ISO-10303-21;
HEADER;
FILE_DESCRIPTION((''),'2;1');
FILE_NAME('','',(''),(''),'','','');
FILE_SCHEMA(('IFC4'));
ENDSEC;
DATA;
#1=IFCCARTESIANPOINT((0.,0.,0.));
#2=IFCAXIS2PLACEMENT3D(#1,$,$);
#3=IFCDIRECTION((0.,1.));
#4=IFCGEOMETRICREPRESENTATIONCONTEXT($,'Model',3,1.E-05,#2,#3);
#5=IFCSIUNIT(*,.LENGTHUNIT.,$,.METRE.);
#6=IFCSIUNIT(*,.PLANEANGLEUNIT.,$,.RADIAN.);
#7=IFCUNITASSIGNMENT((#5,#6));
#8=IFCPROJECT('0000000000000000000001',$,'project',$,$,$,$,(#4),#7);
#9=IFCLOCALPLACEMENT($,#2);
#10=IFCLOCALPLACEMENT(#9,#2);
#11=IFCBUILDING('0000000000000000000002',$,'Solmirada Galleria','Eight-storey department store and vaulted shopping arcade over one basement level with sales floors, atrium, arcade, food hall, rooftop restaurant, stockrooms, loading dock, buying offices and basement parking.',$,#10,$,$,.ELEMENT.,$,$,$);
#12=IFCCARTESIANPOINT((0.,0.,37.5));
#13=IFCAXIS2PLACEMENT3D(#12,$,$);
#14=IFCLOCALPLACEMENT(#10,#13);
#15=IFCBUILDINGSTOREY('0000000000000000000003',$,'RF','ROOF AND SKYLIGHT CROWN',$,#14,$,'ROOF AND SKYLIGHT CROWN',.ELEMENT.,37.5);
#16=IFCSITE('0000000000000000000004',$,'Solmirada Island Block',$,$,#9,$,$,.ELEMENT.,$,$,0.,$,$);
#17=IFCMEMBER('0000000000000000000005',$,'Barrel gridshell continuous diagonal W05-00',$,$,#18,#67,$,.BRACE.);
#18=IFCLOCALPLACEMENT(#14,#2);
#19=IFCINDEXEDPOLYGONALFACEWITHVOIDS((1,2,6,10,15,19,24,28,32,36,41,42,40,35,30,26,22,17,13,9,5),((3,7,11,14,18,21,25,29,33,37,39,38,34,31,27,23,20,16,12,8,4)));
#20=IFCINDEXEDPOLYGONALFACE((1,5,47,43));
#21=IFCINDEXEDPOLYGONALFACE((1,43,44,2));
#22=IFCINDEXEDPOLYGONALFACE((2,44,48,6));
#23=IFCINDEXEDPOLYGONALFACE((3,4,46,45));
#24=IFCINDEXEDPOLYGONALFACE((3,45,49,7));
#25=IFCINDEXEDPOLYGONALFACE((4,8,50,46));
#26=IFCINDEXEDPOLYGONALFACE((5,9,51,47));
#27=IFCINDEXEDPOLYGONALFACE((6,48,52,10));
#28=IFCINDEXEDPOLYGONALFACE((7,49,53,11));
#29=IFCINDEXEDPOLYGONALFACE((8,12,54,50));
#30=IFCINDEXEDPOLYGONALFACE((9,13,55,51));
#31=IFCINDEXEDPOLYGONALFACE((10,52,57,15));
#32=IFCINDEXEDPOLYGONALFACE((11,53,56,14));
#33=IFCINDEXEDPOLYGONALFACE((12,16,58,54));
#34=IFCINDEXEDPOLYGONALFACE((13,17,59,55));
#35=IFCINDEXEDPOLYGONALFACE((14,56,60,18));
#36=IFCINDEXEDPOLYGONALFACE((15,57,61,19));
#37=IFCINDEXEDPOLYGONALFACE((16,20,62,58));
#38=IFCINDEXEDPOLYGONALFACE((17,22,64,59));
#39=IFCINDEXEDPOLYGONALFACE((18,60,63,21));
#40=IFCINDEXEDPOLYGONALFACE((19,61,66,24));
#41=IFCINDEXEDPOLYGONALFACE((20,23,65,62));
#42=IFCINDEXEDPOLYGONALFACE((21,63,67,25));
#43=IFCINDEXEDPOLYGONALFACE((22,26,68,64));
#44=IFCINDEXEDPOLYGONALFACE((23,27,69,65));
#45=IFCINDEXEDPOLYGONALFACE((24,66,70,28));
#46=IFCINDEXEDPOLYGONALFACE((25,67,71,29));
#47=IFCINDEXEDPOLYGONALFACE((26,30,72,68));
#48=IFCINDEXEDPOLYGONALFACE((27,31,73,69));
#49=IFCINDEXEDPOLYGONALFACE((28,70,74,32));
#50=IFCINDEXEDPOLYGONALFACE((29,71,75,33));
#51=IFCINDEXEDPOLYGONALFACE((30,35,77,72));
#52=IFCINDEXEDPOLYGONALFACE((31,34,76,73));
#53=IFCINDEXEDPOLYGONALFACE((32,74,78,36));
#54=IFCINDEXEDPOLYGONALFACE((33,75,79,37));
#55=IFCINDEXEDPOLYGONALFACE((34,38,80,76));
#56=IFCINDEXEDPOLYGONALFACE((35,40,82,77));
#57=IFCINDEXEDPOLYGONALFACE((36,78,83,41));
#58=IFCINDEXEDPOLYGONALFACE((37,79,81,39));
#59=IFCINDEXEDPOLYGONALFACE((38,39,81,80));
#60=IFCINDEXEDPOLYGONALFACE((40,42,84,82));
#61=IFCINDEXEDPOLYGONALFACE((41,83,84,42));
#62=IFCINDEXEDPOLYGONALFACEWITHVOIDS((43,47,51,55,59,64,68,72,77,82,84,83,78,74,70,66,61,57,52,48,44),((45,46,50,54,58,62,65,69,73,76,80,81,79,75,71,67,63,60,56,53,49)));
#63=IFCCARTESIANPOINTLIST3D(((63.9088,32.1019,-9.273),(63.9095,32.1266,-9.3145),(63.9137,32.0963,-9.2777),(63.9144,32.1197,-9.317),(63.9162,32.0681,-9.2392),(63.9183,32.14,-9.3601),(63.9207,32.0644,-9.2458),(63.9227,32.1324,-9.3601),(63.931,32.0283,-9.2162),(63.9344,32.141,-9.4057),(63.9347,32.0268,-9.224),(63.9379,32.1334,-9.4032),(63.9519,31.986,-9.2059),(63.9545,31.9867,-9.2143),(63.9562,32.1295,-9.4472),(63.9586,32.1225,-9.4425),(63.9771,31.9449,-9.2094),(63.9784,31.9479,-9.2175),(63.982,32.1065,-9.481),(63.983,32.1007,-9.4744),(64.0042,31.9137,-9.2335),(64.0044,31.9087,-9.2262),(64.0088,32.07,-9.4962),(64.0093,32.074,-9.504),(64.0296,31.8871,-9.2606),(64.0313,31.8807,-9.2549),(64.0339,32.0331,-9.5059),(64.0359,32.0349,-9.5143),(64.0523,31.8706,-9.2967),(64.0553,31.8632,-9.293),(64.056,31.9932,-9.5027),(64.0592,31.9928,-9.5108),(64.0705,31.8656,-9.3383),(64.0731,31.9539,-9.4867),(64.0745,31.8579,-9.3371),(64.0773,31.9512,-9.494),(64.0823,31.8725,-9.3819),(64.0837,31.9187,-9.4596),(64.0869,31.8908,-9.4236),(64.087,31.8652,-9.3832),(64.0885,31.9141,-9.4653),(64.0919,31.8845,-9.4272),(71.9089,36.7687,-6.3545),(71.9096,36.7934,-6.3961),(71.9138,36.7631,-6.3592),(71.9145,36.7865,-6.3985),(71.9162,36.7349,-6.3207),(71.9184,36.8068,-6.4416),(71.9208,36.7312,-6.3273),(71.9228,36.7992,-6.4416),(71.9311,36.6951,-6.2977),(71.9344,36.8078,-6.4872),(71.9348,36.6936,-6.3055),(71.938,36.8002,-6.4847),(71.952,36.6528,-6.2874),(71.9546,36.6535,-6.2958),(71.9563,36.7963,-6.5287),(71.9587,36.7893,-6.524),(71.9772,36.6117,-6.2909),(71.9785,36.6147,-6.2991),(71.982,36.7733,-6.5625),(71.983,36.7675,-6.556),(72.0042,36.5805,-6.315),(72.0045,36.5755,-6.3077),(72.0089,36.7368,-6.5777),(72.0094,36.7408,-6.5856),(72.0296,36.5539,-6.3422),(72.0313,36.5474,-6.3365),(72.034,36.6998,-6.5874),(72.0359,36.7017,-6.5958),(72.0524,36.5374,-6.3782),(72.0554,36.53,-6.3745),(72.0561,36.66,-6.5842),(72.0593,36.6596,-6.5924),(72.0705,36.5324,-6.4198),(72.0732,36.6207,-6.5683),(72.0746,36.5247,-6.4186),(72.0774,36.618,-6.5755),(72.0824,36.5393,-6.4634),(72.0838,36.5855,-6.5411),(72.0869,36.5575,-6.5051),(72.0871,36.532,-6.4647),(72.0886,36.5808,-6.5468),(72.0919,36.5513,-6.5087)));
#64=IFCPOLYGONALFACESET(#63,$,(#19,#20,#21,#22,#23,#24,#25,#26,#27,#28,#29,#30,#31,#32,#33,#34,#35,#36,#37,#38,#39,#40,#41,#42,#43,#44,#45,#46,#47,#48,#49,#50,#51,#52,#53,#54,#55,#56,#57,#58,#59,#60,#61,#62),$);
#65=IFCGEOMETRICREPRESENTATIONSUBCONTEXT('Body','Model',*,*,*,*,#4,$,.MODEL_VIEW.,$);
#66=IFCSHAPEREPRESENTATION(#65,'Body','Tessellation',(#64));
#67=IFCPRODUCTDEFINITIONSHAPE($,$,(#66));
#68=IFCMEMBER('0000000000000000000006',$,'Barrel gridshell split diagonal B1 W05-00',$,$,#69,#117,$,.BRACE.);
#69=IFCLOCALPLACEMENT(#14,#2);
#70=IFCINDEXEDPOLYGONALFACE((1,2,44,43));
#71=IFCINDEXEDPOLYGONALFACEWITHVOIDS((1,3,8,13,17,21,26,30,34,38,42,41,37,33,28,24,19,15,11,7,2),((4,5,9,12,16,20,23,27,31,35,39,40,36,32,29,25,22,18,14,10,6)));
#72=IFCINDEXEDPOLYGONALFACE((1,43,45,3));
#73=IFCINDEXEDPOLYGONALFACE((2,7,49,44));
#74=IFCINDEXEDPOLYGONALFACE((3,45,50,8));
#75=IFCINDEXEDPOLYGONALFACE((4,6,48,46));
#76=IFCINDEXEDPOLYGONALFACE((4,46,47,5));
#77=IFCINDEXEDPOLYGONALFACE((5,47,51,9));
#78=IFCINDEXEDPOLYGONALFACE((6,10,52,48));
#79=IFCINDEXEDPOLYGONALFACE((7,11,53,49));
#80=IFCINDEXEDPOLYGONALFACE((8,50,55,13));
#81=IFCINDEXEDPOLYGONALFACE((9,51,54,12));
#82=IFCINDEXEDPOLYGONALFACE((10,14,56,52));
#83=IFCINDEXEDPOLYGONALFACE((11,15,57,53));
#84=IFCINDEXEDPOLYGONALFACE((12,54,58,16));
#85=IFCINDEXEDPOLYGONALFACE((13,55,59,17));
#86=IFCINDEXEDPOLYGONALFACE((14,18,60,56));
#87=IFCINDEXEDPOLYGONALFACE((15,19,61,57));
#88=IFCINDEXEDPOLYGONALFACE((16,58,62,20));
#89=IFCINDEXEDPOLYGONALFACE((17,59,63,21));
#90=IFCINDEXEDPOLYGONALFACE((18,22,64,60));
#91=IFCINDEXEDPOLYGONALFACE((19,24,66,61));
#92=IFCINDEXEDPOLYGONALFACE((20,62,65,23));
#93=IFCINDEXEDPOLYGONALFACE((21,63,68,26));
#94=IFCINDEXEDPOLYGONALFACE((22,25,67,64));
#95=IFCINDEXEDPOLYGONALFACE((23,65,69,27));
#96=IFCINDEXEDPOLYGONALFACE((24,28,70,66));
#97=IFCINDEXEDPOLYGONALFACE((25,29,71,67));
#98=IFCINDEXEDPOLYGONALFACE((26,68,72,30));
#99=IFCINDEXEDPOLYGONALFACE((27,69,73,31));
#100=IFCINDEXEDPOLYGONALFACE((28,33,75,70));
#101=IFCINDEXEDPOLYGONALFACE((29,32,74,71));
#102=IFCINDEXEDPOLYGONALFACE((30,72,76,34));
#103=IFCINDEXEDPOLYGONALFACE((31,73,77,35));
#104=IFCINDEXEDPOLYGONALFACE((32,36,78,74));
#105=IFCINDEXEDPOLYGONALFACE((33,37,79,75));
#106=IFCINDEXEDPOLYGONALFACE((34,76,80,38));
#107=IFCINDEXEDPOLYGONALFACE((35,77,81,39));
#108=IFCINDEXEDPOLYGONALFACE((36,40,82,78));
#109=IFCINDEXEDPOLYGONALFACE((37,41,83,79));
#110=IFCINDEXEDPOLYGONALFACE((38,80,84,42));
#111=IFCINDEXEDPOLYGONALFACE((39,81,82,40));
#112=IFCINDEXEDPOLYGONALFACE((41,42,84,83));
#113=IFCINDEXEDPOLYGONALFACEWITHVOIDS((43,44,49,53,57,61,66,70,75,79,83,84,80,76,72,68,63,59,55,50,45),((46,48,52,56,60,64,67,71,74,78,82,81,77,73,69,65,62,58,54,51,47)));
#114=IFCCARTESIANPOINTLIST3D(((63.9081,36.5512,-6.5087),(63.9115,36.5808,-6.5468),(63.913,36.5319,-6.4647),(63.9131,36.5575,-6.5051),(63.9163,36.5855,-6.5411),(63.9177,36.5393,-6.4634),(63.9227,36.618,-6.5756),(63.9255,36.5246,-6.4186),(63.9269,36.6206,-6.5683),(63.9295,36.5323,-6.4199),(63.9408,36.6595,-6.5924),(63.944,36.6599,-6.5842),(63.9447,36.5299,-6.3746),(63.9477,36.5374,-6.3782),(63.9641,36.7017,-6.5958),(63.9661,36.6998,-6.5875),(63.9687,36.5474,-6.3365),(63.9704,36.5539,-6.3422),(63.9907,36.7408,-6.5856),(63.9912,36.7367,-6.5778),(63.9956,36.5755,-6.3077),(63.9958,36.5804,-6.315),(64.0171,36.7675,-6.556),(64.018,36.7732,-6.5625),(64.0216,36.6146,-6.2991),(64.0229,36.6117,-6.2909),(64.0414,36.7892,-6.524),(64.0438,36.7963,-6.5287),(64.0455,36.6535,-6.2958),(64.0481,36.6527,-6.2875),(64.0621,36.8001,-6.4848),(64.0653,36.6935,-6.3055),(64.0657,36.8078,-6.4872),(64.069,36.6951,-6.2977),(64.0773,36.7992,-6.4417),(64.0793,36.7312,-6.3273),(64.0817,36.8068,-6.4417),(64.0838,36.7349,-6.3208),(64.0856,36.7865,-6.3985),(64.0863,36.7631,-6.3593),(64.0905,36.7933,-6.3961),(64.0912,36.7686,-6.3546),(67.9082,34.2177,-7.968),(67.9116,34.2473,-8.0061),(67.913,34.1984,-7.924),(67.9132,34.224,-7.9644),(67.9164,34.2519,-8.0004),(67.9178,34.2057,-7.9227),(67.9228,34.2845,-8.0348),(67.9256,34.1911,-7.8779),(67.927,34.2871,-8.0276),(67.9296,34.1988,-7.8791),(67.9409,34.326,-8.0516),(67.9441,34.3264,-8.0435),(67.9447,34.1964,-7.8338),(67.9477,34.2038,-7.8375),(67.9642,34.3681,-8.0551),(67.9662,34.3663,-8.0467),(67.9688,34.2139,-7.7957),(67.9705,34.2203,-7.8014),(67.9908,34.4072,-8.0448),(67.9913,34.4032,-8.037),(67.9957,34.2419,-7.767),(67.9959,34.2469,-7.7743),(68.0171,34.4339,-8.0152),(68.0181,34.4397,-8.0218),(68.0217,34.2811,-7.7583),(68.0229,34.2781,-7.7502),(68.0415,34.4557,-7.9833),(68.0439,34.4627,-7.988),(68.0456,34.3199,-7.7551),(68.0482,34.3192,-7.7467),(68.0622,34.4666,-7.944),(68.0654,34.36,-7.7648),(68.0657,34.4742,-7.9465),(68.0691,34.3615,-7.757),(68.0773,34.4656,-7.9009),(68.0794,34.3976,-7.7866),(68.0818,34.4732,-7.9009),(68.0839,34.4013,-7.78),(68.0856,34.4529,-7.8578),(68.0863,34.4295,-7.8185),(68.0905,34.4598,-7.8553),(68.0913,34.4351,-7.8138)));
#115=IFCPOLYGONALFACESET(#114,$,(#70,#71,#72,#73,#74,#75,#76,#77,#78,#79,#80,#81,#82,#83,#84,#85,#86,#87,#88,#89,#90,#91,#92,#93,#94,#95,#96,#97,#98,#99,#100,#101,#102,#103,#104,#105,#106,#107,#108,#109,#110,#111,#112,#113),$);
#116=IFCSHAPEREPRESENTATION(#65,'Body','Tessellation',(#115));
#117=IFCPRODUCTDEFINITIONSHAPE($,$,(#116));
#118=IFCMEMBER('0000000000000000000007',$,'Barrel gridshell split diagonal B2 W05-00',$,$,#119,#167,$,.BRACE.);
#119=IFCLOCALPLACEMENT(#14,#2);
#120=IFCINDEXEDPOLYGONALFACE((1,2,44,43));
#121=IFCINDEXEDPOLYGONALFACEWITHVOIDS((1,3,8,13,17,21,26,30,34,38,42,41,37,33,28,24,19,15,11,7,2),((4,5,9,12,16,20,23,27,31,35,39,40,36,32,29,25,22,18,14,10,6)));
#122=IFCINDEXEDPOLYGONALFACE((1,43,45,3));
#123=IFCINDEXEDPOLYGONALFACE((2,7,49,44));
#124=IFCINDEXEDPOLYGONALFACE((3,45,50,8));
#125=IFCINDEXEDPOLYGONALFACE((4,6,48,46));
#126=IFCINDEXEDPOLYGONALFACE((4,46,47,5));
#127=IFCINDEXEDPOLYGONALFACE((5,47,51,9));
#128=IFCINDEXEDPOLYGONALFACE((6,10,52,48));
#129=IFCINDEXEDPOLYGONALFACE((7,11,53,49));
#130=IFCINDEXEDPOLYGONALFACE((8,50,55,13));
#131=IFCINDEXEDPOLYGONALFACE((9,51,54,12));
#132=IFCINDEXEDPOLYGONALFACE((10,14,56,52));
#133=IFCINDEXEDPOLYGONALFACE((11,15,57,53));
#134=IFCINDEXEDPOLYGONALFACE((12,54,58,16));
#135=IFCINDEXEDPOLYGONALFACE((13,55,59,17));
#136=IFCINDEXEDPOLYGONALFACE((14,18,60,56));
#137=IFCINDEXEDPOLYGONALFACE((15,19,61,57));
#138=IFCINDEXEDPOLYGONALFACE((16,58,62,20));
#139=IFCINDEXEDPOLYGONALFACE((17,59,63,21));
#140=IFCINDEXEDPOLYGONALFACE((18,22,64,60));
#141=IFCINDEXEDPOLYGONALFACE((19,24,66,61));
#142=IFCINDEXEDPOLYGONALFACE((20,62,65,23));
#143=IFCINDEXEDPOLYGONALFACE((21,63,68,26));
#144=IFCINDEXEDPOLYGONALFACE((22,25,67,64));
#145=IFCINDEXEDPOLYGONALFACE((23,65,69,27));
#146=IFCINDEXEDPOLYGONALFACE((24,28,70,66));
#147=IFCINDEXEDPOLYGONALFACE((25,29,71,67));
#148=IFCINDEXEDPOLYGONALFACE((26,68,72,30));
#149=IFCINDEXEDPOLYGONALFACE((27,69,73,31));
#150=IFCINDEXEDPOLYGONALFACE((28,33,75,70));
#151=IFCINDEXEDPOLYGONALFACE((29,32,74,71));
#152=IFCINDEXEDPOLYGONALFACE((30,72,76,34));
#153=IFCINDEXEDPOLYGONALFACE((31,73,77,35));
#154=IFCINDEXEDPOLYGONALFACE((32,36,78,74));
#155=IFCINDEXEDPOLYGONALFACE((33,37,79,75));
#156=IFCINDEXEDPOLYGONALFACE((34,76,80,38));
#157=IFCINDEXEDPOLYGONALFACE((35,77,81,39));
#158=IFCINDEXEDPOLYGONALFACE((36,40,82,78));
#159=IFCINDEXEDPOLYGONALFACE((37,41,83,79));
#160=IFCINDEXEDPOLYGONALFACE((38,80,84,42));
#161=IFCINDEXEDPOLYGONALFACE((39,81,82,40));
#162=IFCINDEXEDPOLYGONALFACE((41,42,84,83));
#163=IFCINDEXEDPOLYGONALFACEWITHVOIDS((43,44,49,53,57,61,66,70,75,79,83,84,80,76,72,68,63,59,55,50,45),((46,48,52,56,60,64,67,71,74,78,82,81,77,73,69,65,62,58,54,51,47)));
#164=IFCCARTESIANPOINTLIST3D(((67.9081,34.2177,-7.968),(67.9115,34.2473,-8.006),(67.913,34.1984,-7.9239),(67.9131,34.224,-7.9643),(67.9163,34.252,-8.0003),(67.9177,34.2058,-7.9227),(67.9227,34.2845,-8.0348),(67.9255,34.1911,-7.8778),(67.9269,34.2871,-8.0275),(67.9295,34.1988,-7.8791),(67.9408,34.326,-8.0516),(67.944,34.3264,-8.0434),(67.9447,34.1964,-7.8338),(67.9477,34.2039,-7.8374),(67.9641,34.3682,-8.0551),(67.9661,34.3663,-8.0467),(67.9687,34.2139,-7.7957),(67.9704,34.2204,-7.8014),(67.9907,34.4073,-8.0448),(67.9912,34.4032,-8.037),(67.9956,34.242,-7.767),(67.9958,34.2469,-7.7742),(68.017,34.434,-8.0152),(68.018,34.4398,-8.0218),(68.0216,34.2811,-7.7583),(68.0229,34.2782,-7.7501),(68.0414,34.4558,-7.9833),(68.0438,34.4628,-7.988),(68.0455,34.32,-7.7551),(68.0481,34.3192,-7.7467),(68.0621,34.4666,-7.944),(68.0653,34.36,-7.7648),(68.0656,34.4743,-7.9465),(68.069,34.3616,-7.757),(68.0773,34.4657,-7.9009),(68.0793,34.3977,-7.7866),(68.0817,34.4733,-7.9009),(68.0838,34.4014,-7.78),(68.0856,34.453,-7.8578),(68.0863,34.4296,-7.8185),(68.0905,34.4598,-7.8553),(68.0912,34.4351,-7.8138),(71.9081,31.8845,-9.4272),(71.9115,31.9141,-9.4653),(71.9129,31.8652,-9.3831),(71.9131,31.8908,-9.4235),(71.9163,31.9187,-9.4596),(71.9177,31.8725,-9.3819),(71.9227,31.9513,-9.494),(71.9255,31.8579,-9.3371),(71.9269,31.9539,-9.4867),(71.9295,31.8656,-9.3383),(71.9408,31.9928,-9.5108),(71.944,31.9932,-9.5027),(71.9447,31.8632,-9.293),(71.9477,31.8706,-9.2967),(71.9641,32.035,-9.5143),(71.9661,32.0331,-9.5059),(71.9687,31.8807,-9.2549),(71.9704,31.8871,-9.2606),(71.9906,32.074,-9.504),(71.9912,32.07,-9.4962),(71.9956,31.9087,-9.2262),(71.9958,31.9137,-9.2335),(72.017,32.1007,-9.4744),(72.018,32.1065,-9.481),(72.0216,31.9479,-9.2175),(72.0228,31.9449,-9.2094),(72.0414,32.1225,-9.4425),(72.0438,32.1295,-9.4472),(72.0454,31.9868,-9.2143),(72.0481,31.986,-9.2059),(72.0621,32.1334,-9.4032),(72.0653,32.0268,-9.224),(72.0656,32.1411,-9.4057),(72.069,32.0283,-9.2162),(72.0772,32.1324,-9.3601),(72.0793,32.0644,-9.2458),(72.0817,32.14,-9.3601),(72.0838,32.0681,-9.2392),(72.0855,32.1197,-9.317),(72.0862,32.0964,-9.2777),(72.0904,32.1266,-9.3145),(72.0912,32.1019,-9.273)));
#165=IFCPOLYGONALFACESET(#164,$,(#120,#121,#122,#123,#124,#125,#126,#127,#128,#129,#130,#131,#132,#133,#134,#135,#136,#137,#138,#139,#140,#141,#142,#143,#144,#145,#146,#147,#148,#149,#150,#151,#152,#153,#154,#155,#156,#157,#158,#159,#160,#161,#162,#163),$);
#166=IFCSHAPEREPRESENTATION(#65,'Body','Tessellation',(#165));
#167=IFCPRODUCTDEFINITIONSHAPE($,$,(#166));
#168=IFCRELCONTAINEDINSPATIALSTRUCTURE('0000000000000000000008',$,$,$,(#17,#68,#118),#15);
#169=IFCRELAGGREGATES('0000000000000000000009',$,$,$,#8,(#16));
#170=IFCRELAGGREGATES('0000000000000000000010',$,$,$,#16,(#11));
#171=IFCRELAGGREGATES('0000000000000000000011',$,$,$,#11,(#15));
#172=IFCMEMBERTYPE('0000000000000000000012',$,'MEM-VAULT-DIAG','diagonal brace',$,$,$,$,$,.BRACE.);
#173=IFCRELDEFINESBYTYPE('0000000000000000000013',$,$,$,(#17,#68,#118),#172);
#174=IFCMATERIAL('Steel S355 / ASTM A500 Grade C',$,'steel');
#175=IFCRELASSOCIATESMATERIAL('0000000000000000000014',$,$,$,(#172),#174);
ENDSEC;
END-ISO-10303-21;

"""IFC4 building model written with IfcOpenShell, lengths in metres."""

from ifc_helpers import new_model, si_unit, direction, frame, origin, origin_2d, place, context, subcontext, project, spatial, hollow_circle, extrude, material, material_profile, profile_set, type_object, element, save


model = new_model("IFC4")

# Units and contexts
model_context = context("Model", 3, precision=1e-05, world=origin(), true_north=direction((0.0, 1.0)))
body_context = subcontext(model_context, "Body", "Model", "MODEL_VIEW")
ifc_project = project(units=[si_unit("LENGTHUNIT", "METRE"), si_unit("PLANEANGLEUNIT", "RADIAN")], contexts=[model_context])

# Site, building, storey
site_placement = place(None, origin())
site = spatial("IfcSite", under=ifc_project, at=site_placement, Name="Solmirada Island Block", CompositionType="ELEMENT", RefElevation=0.0)
building_placement = place(site_placement, origin())
building = spatial("IfcBuilding", under=site, at=building_placement, Name="Solmirada Galleria", Description="Eight-storey department store and vaulted shopping arcade over one basement level with sales floors, atrium, arcade, food hall, rooftop restaurant, stockrooms, loading dock, buying offices and basement parking.", CompositionType="ELEMENT")
storey_placement = place(building_placement, frame((0.0, 0.0, 37.5)))
storey = spatial("IfcBuildingStorey", under=building, at=storey_placement, Name="RF", Description="ROOF AND SKYLIGHT CROWN", LongName="ROOF AND SKYLIGHT CROWN", CompositionType="ELEMENT", Elevation=37.5)

# Members
ifc_material_1 = material(Name="Steel S355 / ASTM A500 Grade C", Category="steel")
ifc_material_profile_1 = material_profile(ifc_material_1, hollow_circle(Radius=0.1621, WallThickness=0.0088, at=origin_2d()), Name="HSS12.750X0.375")
ifc_profile_set_1 = profile_set([ifc_material_profile_1], Name="Steel S355 / ASTM A500 Grade C")
member_type_1 = type_object("IfcMemberType", Name="MEM-VAULT-DIAG", Description="diagonal brace", PredefinedType="BRACE", material=ifc_profile_set_1)
member_1_placement = place(storey_placement, frame((64.0, 32.0, -9.3601), z_axis=(0.823841, 0.480582, 0.300543), x_axis=(-0.503878, 0.863775, 0.0)))
element("IfcMember", 1, at=member_1_placement, inside=storey, type_object=member_type_1, Name="Barrel gridshell continuous diagonal W05-00", PredefinedType="BRACE", context=body_context, shape_type="SweptSolid", body=[
    extrude(hollow_circle(Radius=0.1621, WallThickness=0.0088, at=origin_2d()), origin(), (0.0, 0.0, 1.0), 9.7107),
])
member_2_placement = place(storey_placement, frame((64.0, 36.6667, -6.4417), z_axis=(0.823831, -0.480602, -0.30054), x_axis=(0.503897, 0.863764, 0.0)))
element("IfcMember", 2, at=member_2_placement, inside=storey, type_object=member_type_1, Name="Barrel gridshell split diagonal B1 W05-00", PredefinedType="BRACE", context=body_context, shape_type="SweptSolid", body=[
    extrude(hollow_circle(Radius=0.1621, WallThickness=0.0088, at=origin_2d()), origin(), (0.0, 0.0, 1.0), 4.8555),
])
member_3_placement = place(storey_placement, frame((68.0, 34.3333, -7.9009), z_axis=(0.823851, -0.480563, -0.300547), x_axis=(0.503858, 0.863787, 0.0)))
element("IfcMember", 3, at=member_3_placement, inside=storey, type_object=member_type_1, Name="Barrel gridshell split diagonal B2 W05-00", PredefinedType="BRACE", context=body_context, shape_type="SweptSolid", body=[
    extrude(hollow_circle(Radius=0.1621, WallThickness=0.0088, at=origin_2d()), origin(), (0.0, 0.0, 1.0), 4.8552),
])

save(model, "model.ifc")
